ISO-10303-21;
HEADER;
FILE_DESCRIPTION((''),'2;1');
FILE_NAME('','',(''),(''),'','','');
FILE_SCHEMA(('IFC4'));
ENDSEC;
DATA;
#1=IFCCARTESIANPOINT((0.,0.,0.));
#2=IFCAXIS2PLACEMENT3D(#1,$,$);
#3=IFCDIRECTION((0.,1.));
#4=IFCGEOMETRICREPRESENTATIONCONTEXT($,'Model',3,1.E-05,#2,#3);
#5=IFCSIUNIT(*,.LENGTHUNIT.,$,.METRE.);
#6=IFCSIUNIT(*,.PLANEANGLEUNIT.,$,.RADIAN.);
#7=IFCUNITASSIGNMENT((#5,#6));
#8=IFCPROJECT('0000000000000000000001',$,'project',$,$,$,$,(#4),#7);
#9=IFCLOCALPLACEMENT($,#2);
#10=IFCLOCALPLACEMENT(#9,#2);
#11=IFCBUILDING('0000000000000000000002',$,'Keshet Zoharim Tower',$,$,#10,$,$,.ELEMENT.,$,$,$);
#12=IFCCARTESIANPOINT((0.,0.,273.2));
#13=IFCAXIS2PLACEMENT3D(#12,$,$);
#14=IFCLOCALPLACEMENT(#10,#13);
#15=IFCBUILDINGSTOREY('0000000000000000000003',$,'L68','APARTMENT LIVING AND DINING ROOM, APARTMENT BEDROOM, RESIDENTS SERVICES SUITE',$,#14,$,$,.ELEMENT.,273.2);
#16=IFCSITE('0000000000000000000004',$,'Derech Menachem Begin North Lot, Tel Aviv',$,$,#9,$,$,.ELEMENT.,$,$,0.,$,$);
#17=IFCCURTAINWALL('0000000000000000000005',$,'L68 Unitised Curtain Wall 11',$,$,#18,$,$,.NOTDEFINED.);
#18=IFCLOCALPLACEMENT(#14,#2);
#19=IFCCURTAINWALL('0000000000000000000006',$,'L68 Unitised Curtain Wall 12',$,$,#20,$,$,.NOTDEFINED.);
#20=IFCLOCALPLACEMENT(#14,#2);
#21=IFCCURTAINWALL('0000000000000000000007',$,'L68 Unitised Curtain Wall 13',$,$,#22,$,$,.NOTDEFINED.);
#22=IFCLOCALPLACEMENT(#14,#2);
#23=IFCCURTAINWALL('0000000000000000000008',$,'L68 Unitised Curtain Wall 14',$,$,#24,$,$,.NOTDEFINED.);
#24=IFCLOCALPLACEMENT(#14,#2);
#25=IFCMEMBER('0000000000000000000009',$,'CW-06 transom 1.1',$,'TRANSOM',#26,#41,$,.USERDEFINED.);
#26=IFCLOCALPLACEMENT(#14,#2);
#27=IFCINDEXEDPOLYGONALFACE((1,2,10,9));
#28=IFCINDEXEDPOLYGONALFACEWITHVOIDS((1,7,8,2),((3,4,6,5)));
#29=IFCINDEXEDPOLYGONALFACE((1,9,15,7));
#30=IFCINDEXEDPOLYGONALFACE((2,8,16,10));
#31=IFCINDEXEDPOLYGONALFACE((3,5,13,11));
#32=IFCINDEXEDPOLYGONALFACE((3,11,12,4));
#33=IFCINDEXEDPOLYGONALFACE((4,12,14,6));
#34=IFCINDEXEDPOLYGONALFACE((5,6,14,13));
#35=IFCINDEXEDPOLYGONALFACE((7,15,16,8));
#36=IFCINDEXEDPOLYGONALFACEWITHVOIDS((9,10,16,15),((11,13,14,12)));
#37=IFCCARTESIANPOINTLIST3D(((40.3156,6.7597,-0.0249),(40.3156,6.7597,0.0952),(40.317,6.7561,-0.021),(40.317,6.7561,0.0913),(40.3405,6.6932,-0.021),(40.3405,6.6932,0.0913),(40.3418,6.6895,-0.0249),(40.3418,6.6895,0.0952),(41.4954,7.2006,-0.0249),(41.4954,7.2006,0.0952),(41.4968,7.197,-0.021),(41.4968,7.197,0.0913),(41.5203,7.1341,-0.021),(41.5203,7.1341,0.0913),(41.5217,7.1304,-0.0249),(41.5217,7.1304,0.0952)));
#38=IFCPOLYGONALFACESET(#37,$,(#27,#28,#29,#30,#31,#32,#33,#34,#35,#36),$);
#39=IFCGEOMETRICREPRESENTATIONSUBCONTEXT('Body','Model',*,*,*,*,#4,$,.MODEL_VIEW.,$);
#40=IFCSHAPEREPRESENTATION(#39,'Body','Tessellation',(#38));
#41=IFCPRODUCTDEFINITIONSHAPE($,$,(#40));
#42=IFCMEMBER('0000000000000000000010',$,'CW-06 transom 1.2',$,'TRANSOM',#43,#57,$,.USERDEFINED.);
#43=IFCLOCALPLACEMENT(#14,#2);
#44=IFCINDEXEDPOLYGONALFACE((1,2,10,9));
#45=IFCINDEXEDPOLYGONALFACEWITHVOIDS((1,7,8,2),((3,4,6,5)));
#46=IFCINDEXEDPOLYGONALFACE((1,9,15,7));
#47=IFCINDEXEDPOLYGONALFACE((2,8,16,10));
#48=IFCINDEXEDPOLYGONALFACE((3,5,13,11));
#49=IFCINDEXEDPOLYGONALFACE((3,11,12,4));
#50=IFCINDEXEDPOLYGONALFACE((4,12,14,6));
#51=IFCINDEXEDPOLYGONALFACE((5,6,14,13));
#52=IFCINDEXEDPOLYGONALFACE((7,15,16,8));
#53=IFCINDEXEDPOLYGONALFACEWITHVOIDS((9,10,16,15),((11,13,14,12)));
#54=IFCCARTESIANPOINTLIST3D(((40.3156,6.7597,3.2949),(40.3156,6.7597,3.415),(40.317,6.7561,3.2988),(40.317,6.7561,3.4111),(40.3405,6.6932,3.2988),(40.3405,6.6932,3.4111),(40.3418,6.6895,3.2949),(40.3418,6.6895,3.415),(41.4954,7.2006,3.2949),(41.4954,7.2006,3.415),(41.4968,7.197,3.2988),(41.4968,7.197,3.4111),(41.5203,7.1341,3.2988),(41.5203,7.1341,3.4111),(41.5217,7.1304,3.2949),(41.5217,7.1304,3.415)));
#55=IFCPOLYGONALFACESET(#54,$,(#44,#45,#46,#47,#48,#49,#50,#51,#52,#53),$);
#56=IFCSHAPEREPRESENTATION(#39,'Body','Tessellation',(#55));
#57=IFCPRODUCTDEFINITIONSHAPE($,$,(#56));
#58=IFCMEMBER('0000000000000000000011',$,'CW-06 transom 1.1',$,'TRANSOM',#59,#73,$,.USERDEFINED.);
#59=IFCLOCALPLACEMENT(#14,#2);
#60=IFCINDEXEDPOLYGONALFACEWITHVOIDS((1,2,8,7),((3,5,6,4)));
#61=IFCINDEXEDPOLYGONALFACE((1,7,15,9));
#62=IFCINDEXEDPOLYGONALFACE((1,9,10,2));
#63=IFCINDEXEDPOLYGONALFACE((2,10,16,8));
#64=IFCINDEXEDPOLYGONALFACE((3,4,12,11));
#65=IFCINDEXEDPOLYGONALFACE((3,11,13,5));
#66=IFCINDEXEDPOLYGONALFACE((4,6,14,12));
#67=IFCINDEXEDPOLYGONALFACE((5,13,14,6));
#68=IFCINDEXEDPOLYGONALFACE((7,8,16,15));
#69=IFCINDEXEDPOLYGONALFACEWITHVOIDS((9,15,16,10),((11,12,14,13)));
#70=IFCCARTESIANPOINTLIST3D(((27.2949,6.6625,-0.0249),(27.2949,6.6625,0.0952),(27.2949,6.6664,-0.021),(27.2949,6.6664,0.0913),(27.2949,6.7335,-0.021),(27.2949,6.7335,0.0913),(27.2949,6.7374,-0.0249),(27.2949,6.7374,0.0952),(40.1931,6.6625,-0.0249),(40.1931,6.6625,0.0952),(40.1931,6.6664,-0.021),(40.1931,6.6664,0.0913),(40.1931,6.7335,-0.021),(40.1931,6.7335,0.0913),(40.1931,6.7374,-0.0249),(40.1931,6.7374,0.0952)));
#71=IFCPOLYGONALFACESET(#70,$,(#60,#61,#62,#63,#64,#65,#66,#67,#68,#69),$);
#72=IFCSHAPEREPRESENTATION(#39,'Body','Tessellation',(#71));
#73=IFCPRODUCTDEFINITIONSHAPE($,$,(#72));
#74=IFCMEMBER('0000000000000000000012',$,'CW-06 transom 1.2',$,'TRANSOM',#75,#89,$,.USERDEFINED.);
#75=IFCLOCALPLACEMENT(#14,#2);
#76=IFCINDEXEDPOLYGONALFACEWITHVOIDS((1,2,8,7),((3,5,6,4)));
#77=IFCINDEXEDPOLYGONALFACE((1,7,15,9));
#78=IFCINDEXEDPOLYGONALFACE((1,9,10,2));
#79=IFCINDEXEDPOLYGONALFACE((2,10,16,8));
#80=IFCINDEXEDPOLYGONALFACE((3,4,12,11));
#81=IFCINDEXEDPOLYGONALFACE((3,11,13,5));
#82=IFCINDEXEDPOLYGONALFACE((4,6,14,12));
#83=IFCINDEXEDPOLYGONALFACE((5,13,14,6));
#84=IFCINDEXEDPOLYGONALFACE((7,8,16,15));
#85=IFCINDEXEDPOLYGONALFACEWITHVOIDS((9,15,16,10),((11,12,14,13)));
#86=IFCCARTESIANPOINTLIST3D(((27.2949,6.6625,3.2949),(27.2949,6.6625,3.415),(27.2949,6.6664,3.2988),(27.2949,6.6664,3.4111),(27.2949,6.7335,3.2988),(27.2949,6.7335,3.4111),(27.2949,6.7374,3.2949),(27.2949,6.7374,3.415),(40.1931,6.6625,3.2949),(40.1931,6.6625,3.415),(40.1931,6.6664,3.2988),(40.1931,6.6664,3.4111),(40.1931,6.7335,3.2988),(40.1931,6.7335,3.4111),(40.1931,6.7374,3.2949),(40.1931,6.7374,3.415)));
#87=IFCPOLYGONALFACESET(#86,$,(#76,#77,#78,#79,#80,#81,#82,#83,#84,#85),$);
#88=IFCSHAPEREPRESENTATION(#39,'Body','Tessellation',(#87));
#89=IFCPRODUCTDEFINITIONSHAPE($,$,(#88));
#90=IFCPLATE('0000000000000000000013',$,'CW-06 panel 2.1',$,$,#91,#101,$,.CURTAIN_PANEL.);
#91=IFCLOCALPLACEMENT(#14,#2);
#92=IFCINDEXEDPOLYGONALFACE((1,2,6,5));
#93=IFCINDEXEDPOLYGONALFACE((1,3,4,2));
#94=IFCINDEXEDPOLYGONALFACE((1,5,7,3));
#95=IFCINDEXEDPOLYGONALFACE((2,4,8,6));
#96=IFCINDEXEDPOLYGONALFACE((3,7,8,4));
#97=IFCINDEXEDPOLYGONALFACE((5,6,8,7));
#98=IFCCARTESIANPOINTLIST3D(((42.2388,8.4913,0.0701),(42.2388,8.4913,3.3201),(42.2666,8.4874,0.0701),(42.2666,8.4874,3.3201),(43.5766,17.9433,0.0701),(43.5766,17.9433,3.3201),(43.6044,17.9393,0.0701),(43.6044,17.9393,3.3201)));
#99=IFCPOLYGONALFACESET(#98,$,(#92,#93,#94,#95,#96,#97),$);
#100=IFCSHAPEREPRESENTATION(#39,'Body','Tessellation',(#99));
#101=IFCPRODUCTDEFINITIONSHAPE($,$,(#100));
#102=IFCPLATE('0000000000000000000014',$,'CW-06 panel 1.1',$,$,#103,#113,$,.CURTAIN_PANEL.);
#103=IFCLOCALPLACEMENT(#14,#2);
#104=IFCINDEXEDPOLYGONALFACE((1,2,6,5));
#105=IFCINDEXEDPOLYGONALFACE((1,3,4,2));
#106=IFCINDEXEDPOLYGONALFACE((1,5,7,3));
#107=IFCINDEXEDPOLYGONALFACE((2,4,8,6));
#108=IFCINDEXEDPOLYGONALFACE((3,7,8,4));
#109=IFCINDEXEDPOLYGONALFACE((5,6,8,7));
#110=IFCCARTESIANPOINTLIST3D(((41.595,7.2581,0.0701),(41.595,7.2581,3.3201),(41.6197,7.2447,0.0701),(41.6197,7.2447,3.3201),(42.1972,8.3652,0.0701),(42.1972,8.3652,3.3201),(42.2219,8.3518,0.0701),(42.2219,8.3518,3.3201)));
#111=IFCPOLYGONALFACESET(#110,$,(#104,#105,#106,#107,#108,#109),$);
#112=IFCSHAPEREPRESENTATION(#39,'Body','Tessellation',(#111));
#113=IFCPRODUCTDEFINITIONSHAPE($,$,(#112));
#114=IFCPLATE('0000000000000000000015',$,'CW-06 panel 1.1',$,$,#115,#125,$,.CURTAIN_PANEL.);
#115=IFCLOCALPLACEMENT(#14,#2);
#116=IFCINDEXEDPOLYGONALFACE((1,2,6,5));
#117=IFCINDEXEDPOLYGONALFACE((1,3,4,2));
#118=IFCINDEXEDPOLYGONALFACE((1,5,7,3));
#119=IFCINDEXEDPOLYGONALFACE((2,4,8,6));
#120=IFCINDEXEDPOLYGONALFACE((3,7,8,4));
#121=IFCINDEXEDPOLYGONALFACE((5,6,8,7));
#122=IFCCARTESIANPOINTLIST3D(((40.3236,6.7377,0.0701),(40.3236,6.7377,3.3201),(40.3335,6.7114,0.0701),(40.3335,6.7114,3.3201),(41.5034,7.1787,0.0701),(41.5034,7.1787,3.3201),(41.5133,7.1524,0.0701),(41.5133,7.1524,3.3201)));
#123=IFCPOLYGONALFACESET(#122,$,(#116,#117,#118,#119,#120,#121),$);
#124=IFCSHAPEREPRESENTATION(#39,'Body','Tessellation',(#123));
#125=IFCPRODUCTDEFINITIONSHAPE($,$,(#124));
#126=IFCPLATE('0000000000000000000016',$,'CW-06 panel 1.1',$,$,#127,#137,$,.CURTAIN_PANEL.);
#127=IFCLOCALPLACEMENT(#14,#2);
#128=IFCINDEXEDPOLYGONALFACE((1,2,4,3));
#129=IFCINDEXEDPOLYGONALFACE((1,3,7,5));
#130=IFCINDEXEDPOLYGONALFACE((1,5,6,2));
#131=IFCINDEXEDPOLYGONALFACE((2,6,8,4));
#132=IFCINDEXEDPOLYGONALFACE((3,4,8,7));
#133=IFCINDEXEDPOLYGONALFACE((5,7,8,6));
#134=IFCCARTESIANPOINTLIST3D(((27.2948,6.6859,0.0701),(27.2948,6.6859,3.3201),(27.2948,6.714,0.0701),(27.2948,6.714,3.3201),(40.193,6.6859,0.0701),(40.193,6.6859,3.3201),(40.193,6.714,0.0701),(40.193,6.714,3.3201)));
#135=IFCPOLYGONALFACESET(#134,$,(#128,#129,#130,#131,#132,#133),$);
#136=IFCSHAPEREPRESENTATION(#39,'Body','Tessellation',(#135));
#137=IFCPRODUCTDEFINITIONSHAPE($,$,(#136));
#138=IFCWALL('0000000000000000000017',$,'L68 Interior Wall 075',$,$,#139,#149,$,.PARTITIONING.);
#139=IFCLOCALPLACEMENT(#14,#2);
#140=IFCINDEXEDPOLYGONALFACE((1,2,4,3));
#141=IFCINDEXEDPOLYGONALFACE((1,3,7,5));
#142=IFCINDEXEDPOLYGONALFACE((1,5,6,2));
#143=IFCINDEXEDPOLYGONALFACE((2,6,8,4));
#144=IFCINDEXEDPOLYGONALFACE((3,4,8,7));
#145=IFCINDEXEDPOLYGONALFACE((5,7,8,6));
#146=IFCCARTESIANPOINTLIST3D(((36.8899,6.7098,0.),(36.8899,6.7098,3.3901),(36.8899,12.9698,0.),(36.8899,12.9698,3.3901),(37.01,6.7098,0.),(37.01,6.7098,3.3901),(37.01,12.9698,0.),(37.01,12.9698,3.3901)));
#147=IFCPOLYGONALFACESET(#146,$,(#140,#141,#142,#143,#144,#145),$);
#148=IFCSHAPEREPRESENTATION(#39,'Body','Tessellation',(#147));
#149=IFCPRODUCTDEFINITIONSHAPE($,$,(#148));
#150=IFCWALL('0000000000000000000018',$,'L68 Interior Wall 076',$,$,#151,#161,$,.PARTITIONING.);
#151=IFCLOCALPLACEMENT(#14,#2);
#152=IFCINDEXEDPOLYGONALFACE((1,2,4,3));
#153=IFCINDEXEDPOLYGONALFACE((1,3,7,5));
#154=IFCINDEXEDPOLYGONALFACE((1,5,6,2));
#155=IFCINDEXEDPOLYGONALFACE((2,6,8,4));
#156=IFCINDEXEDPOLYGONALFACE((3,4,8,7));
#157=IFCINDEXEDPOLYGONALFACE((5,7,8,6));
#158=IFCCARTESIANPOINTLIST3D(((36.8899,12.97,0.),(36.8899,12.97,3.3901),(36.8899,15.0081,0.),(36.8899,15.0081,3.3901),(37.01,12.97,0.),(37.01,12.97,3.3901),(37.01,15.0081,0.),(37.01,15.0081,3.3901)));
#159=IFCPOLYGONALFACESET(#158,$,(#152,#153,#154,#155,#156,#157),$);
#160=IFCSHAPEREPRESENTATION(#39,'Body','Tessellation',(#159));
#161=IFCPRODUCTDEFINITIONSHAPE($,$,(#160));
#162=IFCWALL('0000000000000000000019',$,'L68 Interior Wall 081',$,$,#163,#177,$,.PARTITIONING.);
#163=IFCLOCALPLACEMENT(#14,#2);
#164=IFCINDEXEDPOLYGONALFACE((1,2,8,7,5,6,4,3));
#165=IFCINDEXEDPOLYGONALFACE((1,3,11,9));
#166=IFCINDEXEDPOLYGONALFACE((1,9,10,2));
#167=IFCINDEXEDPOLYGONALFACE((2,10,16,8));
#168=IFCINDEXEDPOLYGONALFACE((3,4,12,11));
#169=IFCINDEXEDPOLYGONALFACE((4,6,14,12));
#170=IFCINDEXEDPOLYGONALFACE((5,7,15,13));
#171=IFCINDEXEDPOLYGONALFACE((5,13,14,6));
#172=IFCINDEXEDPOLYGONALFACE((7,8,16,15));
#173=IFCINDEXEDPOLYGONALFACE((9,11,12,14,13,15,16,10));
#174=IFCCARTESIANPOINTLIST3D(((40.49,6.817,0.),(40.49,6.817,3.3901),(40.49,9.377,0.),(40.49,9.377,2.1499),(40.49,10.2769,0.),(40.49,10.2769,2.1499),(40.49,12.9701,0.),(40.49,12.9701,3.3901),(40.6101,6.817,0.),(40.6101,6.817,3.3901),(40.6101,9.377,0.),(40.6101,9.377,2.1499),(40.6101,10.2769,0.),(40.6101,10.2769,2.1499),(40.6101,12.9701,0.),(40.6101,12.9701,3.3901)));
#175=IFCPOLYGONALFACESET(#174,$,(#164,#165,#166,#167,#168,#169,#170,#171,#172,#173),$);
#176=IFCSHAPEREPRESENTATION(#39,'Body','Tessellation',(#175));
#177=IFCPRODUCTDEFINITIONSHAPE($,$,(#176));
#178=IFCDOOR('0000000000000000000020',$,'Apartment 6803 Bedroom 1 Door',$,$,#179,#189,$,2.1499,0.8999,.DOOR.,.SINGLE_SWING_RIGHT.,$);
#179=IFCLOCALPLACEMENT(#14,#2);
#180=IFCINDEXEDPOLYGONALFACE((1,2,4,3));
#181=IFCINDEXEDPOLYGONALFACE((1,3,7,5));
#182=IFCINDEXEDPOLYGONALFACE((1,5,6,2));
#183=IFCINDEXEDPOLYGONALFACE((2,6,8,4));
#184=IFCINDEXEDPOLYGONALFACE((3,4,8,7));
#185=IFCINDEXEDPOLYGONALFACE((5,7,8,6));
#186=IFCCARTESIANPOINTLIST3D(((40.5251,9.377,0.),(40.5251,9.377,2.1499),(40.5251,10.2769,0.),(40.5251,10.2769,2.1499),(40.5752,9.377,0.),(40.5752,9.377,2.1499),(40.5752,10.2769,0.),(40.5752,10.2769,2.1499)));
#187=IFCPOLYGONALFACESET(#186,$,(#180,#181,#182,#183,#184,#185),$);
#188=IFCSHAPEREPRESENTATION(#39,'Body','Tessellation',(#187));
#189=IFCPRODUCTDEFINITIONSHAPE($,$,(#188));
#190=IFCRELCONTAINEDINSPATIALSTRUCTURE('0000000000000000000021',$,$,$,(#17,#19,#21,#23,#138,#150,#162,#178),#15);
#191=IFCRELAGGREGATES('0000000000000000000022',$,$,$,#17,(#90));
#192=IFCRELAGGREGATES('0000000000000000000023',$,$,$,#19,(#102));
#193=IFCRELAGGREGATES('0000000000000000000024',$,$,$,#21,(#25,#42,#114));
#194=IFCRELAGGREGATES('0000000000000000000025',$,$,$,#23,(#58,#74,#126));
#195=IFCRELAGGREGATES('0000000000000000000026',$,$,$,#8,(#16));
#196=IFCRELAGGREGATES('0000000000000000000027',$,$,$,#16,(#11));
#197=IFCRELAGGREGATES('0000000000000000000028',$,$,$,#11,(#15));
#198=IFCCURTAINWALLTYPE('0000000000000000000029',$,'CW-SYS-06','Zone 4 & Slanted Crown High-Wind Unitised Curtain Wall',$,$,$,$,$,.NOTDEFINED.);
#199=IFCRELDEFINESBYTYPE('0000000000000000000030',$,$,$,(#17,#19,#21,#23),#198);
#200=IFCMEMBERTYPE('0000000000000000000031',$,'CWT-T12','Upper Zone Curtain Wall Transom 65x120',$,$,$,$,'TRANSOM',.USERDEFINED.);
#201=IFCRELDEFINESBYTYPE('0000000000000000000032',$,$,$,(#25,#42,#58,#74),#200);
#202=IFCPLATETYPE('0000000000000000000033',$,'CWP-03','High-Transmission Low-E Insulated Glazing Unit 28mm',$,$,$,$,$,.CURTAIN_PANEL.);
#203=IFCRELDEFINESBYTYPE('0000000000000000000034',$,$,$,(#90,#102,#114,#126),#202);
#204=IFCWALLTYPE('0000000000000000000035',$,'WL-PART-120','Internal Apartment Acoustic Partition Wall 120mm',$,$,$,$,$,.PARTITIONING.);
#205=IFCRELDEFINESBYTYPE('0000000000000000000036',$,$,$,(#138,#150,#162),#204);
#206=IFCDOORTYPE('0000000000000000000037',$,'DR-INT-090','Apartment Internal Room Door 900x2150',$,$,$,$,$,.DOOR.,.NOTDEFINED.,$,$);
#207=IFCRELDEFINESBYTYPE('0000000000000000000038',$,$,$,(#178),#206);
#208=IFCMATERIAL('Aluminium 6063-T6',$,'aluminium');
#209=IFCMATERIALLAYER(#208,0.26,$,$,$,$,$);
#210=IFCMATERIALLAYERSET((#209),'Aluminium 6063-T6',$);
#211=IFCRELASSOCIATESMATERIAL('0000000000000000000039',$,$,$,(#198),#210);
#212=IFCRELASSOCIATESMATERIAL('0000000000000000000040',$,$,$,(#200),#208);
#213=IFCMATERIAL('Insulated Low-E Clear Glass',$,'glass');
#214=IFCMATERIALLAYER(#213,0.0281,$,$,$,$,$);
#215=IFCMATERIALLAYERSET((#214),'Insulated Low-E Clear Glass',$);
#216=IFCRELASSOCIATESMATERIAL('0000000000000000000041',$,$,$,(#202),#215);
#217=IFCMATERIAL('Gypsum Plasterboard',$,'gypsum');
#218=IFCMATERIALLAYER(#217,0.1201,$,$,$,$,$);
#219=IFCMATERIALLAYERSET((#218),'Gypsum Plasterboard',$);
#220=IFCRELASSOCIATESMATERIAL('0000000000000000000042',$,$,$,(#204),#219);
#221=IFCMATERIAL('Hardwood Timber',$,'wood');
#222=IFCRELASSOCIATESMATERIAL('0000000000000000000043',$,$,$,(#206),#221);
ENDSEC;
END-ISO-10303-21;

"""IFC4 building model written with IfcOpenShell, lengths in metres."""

from ifc_helpers import new_model, si_unit, direction, frame, frame_2d, origin, origin_2d, place, context, subcontext, project, spatial, rectangle, hollow_rectangle, extrude, material, layer, layer_set, material_profile, profile_set, type_object, element, fill, aggregate, save


model = new_model("IFC4")

# Units and contexts
model_context = context("Model", 3, precision=1e-05, world=origin(), true_north=direction((0.0, 1.0)))
body_context = subcontext(model_context, "Body", "Model", "MODEL_VIEW")
ifc_project = project(units=[si_unit("LENGTHUNIT", "METRE"), si_unit("PLANEANGLEUNIT", "RADIAN")], contexts=[model_context])

# Site, building, storey
site_placement = place(None, origin())
site = spatial("IfcSite", under=ifc_project, at=site_placement, Name="Derech Menachem Begin North Lot, Tel Aviv", CompositionType="ELEMENT", RefElevation=0.0)
building_placement = place(site_placement, origin())
building = spatial("IfcBuilding", under=site, at=building_placement, Name="Keshet Zoharim Tower", CompositionType="ELEMENT")
storey_placement = place(building_placement, frame((0.0, 0.0, 273.2)))
storey = spatial("IfcBuildingStorey", under=building, at=storey_placement, Name="L68", Description="APARTMENT LIVING AND DINING ROOM, APARTMENT BEDROOM, RESIDENTS SERVICES SUITE", CompositionType="ELEMENT", Elevation=273.2)

# Curtain wall
ifc_material_1 = material(Name="Aluminium 6063-T6", Category="aluminium")
ifc_layer_1 = layer(ifc_material_1, 0.26)
ifc_layer_set_1 = layer_set([ifc_layer_1], Name="Aluminium 6063-T6")
curtain_wall_type = type_object("IfcCurtainWallType", Name="CW-SYS-06", Description="Zone 4 & Slanted Crown High-Wind Unitised Curtain Wall", PredefinedType="NOTDEFINED", material=ifc_layer_set_1)
curtain_wall_1_placement = place(storey_placement, origin())
curtain_wall_1 = element("IfcCurtainWall", 1, at=curtain_wall_1_placement, inside=storey, type_object=curtain_wall_type, Name="L68 Unitised Curtain Wall 11", PredefinedType="NOTDEFINED")

# Curtain walls
curtain_wall_2_placement = place(storey_placement, origin())
curtain_wall_2 = element("IfcCurtainWall", 2, at=curtain_wall_2_placement, inside=storey, type_object=curtain_wall_type, Name="L68 Unitised Curtain Wall 12", PredefinedType="NOTDEFINED")
curtain_wall_3_placement = place(storey_placement, origin())
curtain_wall_3 = element("IfcCurtainWall", 3, at=curtain_wall_3_placement, inside=storey, type_object=curtain_wall_type, Name="L68 Unitised Curtain Wall 13", PredefinedType="NOTDEFINED")

# Curtain wall
curtain_wall_4_placement = place(storey_placement, origin())
curtain_wall_4 = element("IfcCurtainWall", 4, at=curtain_wall_4_placement, inside=storey, type_object=curtain_wall_type, Name="L68 Unitised Curtain Wall 14", PredefinedType="NOTDEFINED")

# Members
ifc_material_profile_1 = material_profile(ifc_material_1, hollow_rectangle(XDim=0.075, YDim=0.1201, WallThickness=0.0039, at=origin_2d()), Name="TRN-75x120")
ifc_profile_set_1 = profile_set([ifc_material_profile_1], Name="Aluminium 6063-T6")
member_type_1 = type_object("IfcMemberType", Name="CWT-T12", Description="Upper Zone Curtain Wall Transom 65x120", ElementType="TRANSOM", PredefinedType="USERDEFINED", material=ifc_profile_set_1)
member_1_placement = place(storey_placement, frame((41.5085, 7.1655, 0.0352), z_axis=(-0.936735, -0.35004, 0.0), x_axis=(0.35004, -0.936735, 0.0)))
member_1 = element("IfcMember", 5, at=member_1_placement, type_object=member_type_1, Name="CW-06 transom 1.1", ObjectType="TRANSOM", PredefinedType="USERDEFINED", context=body_context, shape_type="SweptSolid", body=[
    extrude(hollow_rectangle(XDim=0.075, YDim=0.1201, WallThickness=0.0039, at=origin_2d()), origin(), (0.0, 0.0, 1.0), 1.2595),
])
member_2_placement = place(storey_placement, frame((41.5085, 7.1655, 3.355), z_axis=(-0.936735, -0.35004, 0.0), x_axis=(0.35004, -0.936735, 0.0)))
member_2 = element("IfcMember", 6, at=member_2_placement, type_object=member_type_1, Name="CW-06 transom 1.2", ObjectType="TRANSOM", PredefinedType="USERDEFINED", context=body_context, shape_type="SweptSolid", body=[
    extrude(hollow_rectangle(XDim=0.075, YDim=0.1201, WallThickness=0.0039, at=origin_2d()), origin(), (0.0, 0.0, 1.0), 1.2595),
])
member_3_placement = place(storey_placement, frame((40.1931, 6.7, 0.0352), z_axis=(-1.0, 0.0, 0.0), x_axis=(0.0, -1.0, 0.0)))
member_3 = element("IfcMember", 7, at=member_3_placement, type_object=member_type_1, Name="CW-06 transom 1.1", ObjectType="TRANSOM", PredefinedType="USERDEFINED", context=body_context, shape_type="SweptSolid", body=[
    extrude(hollow_rectangle(XDim=0.075, YDim=0.1201, WallThickness=0.0039, at=origin_2d()), origin(), (0.0, 0.0, 1.0), 12.8982),
])
member_4_placement = place(storey_placement, frame((40.1931, 6.7, 3.355), z_axis=(-1.0, 0.0, 0.0), x_axis=(0.0, -1.0, 0.0)))
member_4 = element("IfcMember", 8, at=member_4_placement, type_object=member_type_1, Name="CW-06 transom 1.2", ObjectType="TRANSOM", PredefinedType="USERDEFINED", context=body_context, shape_type="SweptSolid", body=[
    extrude(hollow_rectangle(XDim=0.075, YDim=0.1201, WallThickness=0.0039, at=origin_2d()), origin(), (0.0, 0.0, 1.0), 12.8982),
])

# Plates
ifc_material_2 = material(Name="Insulated Low-E Clear Glass", Category="glass")
ifc_layer_2 = layer(ifc_material_2, 0.0281)
ifc_layer_set_2 = layer_set([ifc_layer_2], Name="Insulated Low-E Clear Glass")
plate_type = type_object("IfcPlateType", Name="CWP-03", Description="High-Transmission Low-E Insulated Glazing Unit 28mm", PredefinedType="CURTAIN_PANEL", material=ifc_layer_set_2)
plate_1_placement = place(storey_placement, frame((42.9216, 13.2153, 0.0701), z_axis=(0.0, 0.0, 1.0), x_axis=(-0.140137, -0.990132, 0.0)))
plate_1 = element("IfcPlate", 9, at=plate_1_placement, type_object=plate_type, Name="CW-06 panel 2.1", PredefinedType="CURTAIN_PANEL", context=body_context, shape_type="SweptSolid", body=[
    extrude(rectangle(XDim=9.5461, YDim=0.0281, at=origin_2d()), origin(), (0.0, 0.0, 1.0), 3.25),
])
aggregate(curtain_wall_1, [plate_1])
plate_2_placement = place(storey_placement, frame((41.9084, 7.8049, 0.0701), z_axis=(0.0, 0.0, 1.0), x_axis=(-0.477801, -0.878468, 0.0)))
plate_2 = element("IfcPlate", 10, at=plate_2_placement, type_object=plate_type, Name="CW-06 panel 1.1", PredefinedType="CURTAIN_PANEL", context=body_context, shape_type="SweptSolid", body=[
    extrude(rectangle(XDim=1.2603, YDim=0.0281, at=origin_2d()), origin(), (0.0, 0.0, 1.0), 3.25),
])
aggregate(curtain_wall_2, [plate_2])
plate_3_placement = place(storey_placement, frame((40.9185, 6.9451, 0.0701), z_axis=(0.0, 0.0, 1.0), x_axis=(-0.93671, -0.350105, 0.0)))
plate_3 = element("IfcPlate", 11, at=plate_3_placement, type_object=plate_type, Name="CW-06 panel 1.1", PredefinedType="CURTAIN_PANEL", context=body_context, shape_type="SweptSolid", body=[
    extrude(rectangle(XDim=1.2595, YDim=0.0281, at=origin_2d()), origin(), (0.0, 0.0, 1.0), 3.25),
])
aggregate(curtain_wall_3, [member_1, member_2, plate_3])
plate_4_placement = place(storey_placement, frame((33.7439, 6.7, 0.0701), z_axis=(0.0, 0.0, 1.0), x_axis=(-1.0, 0.0, 0.0)))
plate_4 = element("IfcPlate", 12, at=plate_4_placement, type_object=plate_type, Name="CW-06 panel 1.1", PredefinedType="CURTAIN_PANEL", context=body_context, shape_type="SweptSolid", body=[
    extrude(rectangle(XDim=12.8982, YDim=0.0281, at=origin_2d()), origin(), (0.0, 0.0, 1.0), 3.25),
])
aggregate(curtain_wall_4, [member_3, member_4, plate_4])

# Walls
ifc_material_3 = material(Name="Gypsum Plasterboard", Category="gypsum")
ifc_layer_3 = layer(ifc_material_3, 0.1201)
ifc_layer_set_3 = layer_set([ifc_layer_3], Name="Gypsum Plasterboard")
wall_type = type_object("IfcWallType", Name="WL-PART-120", Description="Internal Apartment Acoustic Partition Wall 120mm", PredefinedType="PARTITIONING", material=ifc_layer_set_3)
wall_1_placement = place(storey_placement, frame((36.95, 6.71, 0.0), z_axis=(0.0, 0.0, 1.0), x_axis=(0.0, 1.0, 0.0)))
element("IfcWall", 13, at=wall_1_placement, inside=storey, type_object=wall_type, Name="L68 Interior Wall 075", PredefinedType="PARTITIONING", context=body_context, shape_type="SweptSolid", body=[
    extrude(rectangle(XDim=6.26, YDim=0.1201, at=frame_2d((3.1299, 0.0))), origin(), (0.0, 0.0, 1.0), 3.3901),
])
wall_2_placement = place(storey_placement, frame((36.95, 12.97, 0.0), z_axis=(0.0, 0.0, 1.0), x_axis=(0.0, 1.0, 0.0)))
element("IfcWall", 14, at=wall_2_placement, inside=storey, type_object=wall_type, Name="L68 Interior Wall 076", PredefinedType="PARTITIONING", context=body_context, shape_type="SweptSolid", body=[
    extrude(rectangle(XDim=2.0381, YDim=0.1201, at=frame_2d((1.019, 0.0))), origin(), (0.0, 0.0, 1.0), 3.3901),
])

# Wall, opening, door
wall_3_placement = place(storey_placement, frame((40.55, 6.8169, 0.0), z_axis=(0.0, 0.0, 1.0), x_axis=(0.0, 1.0, 0.0)))
wall_3 = element("IfcWall", 15, at=wall_3_placement, inside=storey, type_object=wall_type, Name="L68 Interior Wall 081", PredefinedType="PARTITIONING", context=body_context, shape_type="SweptSolid", body=[
    extrude(rectangle(XDim=6.1531, YDim=0.1201, at=frame_2d((3.0767, 0.0))), origin(), (0.0, 0.0, 1.0), 3.3901),
])
opening_1_placement = place(wall_3_placement, frame((2.5601, 0.0, 0.0)))
opening_1 = element("IfcOpeningElement", 16, at=opening_1_placement, cuts=wall_3, PredefinedType="OPENING", context=body_context, shape_type="SweptSolid", body=[
    extrude(rectangle(XDim=0.8999, YDim=2.1499, at=frame_2d((0.45, 1.075))), frame((0.0, 0.0701, 0.0), z_axis=(0.0, -1.0, 0.0), x_axis=(1.0, 0.0, 0.0)), (0.0, 0.0, 1.0), 0.1401),
])
ifc_material_4 = material(Name="Hardwood Timber", Category="wood")
door_type = type_object("IfcDoorType", Name="DR-INT-090", Description="Apartment Internal Room Door 900x2150", OperationType="NOTDEFINED", PredefinedType="DOOR", material=ifc_material_4)
door_1_placement = place(opening_1_placement, origin())
door_1 = element("IfcDoor", 17, at=door_1_placement, inside=storey, type_object=door_type, Name="Apartment 6803 Bedroom 1 Door", OperationType="SINGLE_SWING_RIGHT", OverallHeight=2.1499, OverallWidth=0.8999, PredefinedType="DOOR", context=body_context, shape_type="SweptSolid", body=[
    extrude(rectangle(XDim=0.8999, YDim=2.1499, at=frame_2d((0.45, 1.075))), frame((0.0, 0.0249, 0.0), z_axis=(0.0, -1.0, 0.0), x_axis=(1.0, 0.0, 0.0)), (0.0, 0.0, 1.0), 0.05),
])
fill(opening_1, door_1)

save(model, "model.ifc")
